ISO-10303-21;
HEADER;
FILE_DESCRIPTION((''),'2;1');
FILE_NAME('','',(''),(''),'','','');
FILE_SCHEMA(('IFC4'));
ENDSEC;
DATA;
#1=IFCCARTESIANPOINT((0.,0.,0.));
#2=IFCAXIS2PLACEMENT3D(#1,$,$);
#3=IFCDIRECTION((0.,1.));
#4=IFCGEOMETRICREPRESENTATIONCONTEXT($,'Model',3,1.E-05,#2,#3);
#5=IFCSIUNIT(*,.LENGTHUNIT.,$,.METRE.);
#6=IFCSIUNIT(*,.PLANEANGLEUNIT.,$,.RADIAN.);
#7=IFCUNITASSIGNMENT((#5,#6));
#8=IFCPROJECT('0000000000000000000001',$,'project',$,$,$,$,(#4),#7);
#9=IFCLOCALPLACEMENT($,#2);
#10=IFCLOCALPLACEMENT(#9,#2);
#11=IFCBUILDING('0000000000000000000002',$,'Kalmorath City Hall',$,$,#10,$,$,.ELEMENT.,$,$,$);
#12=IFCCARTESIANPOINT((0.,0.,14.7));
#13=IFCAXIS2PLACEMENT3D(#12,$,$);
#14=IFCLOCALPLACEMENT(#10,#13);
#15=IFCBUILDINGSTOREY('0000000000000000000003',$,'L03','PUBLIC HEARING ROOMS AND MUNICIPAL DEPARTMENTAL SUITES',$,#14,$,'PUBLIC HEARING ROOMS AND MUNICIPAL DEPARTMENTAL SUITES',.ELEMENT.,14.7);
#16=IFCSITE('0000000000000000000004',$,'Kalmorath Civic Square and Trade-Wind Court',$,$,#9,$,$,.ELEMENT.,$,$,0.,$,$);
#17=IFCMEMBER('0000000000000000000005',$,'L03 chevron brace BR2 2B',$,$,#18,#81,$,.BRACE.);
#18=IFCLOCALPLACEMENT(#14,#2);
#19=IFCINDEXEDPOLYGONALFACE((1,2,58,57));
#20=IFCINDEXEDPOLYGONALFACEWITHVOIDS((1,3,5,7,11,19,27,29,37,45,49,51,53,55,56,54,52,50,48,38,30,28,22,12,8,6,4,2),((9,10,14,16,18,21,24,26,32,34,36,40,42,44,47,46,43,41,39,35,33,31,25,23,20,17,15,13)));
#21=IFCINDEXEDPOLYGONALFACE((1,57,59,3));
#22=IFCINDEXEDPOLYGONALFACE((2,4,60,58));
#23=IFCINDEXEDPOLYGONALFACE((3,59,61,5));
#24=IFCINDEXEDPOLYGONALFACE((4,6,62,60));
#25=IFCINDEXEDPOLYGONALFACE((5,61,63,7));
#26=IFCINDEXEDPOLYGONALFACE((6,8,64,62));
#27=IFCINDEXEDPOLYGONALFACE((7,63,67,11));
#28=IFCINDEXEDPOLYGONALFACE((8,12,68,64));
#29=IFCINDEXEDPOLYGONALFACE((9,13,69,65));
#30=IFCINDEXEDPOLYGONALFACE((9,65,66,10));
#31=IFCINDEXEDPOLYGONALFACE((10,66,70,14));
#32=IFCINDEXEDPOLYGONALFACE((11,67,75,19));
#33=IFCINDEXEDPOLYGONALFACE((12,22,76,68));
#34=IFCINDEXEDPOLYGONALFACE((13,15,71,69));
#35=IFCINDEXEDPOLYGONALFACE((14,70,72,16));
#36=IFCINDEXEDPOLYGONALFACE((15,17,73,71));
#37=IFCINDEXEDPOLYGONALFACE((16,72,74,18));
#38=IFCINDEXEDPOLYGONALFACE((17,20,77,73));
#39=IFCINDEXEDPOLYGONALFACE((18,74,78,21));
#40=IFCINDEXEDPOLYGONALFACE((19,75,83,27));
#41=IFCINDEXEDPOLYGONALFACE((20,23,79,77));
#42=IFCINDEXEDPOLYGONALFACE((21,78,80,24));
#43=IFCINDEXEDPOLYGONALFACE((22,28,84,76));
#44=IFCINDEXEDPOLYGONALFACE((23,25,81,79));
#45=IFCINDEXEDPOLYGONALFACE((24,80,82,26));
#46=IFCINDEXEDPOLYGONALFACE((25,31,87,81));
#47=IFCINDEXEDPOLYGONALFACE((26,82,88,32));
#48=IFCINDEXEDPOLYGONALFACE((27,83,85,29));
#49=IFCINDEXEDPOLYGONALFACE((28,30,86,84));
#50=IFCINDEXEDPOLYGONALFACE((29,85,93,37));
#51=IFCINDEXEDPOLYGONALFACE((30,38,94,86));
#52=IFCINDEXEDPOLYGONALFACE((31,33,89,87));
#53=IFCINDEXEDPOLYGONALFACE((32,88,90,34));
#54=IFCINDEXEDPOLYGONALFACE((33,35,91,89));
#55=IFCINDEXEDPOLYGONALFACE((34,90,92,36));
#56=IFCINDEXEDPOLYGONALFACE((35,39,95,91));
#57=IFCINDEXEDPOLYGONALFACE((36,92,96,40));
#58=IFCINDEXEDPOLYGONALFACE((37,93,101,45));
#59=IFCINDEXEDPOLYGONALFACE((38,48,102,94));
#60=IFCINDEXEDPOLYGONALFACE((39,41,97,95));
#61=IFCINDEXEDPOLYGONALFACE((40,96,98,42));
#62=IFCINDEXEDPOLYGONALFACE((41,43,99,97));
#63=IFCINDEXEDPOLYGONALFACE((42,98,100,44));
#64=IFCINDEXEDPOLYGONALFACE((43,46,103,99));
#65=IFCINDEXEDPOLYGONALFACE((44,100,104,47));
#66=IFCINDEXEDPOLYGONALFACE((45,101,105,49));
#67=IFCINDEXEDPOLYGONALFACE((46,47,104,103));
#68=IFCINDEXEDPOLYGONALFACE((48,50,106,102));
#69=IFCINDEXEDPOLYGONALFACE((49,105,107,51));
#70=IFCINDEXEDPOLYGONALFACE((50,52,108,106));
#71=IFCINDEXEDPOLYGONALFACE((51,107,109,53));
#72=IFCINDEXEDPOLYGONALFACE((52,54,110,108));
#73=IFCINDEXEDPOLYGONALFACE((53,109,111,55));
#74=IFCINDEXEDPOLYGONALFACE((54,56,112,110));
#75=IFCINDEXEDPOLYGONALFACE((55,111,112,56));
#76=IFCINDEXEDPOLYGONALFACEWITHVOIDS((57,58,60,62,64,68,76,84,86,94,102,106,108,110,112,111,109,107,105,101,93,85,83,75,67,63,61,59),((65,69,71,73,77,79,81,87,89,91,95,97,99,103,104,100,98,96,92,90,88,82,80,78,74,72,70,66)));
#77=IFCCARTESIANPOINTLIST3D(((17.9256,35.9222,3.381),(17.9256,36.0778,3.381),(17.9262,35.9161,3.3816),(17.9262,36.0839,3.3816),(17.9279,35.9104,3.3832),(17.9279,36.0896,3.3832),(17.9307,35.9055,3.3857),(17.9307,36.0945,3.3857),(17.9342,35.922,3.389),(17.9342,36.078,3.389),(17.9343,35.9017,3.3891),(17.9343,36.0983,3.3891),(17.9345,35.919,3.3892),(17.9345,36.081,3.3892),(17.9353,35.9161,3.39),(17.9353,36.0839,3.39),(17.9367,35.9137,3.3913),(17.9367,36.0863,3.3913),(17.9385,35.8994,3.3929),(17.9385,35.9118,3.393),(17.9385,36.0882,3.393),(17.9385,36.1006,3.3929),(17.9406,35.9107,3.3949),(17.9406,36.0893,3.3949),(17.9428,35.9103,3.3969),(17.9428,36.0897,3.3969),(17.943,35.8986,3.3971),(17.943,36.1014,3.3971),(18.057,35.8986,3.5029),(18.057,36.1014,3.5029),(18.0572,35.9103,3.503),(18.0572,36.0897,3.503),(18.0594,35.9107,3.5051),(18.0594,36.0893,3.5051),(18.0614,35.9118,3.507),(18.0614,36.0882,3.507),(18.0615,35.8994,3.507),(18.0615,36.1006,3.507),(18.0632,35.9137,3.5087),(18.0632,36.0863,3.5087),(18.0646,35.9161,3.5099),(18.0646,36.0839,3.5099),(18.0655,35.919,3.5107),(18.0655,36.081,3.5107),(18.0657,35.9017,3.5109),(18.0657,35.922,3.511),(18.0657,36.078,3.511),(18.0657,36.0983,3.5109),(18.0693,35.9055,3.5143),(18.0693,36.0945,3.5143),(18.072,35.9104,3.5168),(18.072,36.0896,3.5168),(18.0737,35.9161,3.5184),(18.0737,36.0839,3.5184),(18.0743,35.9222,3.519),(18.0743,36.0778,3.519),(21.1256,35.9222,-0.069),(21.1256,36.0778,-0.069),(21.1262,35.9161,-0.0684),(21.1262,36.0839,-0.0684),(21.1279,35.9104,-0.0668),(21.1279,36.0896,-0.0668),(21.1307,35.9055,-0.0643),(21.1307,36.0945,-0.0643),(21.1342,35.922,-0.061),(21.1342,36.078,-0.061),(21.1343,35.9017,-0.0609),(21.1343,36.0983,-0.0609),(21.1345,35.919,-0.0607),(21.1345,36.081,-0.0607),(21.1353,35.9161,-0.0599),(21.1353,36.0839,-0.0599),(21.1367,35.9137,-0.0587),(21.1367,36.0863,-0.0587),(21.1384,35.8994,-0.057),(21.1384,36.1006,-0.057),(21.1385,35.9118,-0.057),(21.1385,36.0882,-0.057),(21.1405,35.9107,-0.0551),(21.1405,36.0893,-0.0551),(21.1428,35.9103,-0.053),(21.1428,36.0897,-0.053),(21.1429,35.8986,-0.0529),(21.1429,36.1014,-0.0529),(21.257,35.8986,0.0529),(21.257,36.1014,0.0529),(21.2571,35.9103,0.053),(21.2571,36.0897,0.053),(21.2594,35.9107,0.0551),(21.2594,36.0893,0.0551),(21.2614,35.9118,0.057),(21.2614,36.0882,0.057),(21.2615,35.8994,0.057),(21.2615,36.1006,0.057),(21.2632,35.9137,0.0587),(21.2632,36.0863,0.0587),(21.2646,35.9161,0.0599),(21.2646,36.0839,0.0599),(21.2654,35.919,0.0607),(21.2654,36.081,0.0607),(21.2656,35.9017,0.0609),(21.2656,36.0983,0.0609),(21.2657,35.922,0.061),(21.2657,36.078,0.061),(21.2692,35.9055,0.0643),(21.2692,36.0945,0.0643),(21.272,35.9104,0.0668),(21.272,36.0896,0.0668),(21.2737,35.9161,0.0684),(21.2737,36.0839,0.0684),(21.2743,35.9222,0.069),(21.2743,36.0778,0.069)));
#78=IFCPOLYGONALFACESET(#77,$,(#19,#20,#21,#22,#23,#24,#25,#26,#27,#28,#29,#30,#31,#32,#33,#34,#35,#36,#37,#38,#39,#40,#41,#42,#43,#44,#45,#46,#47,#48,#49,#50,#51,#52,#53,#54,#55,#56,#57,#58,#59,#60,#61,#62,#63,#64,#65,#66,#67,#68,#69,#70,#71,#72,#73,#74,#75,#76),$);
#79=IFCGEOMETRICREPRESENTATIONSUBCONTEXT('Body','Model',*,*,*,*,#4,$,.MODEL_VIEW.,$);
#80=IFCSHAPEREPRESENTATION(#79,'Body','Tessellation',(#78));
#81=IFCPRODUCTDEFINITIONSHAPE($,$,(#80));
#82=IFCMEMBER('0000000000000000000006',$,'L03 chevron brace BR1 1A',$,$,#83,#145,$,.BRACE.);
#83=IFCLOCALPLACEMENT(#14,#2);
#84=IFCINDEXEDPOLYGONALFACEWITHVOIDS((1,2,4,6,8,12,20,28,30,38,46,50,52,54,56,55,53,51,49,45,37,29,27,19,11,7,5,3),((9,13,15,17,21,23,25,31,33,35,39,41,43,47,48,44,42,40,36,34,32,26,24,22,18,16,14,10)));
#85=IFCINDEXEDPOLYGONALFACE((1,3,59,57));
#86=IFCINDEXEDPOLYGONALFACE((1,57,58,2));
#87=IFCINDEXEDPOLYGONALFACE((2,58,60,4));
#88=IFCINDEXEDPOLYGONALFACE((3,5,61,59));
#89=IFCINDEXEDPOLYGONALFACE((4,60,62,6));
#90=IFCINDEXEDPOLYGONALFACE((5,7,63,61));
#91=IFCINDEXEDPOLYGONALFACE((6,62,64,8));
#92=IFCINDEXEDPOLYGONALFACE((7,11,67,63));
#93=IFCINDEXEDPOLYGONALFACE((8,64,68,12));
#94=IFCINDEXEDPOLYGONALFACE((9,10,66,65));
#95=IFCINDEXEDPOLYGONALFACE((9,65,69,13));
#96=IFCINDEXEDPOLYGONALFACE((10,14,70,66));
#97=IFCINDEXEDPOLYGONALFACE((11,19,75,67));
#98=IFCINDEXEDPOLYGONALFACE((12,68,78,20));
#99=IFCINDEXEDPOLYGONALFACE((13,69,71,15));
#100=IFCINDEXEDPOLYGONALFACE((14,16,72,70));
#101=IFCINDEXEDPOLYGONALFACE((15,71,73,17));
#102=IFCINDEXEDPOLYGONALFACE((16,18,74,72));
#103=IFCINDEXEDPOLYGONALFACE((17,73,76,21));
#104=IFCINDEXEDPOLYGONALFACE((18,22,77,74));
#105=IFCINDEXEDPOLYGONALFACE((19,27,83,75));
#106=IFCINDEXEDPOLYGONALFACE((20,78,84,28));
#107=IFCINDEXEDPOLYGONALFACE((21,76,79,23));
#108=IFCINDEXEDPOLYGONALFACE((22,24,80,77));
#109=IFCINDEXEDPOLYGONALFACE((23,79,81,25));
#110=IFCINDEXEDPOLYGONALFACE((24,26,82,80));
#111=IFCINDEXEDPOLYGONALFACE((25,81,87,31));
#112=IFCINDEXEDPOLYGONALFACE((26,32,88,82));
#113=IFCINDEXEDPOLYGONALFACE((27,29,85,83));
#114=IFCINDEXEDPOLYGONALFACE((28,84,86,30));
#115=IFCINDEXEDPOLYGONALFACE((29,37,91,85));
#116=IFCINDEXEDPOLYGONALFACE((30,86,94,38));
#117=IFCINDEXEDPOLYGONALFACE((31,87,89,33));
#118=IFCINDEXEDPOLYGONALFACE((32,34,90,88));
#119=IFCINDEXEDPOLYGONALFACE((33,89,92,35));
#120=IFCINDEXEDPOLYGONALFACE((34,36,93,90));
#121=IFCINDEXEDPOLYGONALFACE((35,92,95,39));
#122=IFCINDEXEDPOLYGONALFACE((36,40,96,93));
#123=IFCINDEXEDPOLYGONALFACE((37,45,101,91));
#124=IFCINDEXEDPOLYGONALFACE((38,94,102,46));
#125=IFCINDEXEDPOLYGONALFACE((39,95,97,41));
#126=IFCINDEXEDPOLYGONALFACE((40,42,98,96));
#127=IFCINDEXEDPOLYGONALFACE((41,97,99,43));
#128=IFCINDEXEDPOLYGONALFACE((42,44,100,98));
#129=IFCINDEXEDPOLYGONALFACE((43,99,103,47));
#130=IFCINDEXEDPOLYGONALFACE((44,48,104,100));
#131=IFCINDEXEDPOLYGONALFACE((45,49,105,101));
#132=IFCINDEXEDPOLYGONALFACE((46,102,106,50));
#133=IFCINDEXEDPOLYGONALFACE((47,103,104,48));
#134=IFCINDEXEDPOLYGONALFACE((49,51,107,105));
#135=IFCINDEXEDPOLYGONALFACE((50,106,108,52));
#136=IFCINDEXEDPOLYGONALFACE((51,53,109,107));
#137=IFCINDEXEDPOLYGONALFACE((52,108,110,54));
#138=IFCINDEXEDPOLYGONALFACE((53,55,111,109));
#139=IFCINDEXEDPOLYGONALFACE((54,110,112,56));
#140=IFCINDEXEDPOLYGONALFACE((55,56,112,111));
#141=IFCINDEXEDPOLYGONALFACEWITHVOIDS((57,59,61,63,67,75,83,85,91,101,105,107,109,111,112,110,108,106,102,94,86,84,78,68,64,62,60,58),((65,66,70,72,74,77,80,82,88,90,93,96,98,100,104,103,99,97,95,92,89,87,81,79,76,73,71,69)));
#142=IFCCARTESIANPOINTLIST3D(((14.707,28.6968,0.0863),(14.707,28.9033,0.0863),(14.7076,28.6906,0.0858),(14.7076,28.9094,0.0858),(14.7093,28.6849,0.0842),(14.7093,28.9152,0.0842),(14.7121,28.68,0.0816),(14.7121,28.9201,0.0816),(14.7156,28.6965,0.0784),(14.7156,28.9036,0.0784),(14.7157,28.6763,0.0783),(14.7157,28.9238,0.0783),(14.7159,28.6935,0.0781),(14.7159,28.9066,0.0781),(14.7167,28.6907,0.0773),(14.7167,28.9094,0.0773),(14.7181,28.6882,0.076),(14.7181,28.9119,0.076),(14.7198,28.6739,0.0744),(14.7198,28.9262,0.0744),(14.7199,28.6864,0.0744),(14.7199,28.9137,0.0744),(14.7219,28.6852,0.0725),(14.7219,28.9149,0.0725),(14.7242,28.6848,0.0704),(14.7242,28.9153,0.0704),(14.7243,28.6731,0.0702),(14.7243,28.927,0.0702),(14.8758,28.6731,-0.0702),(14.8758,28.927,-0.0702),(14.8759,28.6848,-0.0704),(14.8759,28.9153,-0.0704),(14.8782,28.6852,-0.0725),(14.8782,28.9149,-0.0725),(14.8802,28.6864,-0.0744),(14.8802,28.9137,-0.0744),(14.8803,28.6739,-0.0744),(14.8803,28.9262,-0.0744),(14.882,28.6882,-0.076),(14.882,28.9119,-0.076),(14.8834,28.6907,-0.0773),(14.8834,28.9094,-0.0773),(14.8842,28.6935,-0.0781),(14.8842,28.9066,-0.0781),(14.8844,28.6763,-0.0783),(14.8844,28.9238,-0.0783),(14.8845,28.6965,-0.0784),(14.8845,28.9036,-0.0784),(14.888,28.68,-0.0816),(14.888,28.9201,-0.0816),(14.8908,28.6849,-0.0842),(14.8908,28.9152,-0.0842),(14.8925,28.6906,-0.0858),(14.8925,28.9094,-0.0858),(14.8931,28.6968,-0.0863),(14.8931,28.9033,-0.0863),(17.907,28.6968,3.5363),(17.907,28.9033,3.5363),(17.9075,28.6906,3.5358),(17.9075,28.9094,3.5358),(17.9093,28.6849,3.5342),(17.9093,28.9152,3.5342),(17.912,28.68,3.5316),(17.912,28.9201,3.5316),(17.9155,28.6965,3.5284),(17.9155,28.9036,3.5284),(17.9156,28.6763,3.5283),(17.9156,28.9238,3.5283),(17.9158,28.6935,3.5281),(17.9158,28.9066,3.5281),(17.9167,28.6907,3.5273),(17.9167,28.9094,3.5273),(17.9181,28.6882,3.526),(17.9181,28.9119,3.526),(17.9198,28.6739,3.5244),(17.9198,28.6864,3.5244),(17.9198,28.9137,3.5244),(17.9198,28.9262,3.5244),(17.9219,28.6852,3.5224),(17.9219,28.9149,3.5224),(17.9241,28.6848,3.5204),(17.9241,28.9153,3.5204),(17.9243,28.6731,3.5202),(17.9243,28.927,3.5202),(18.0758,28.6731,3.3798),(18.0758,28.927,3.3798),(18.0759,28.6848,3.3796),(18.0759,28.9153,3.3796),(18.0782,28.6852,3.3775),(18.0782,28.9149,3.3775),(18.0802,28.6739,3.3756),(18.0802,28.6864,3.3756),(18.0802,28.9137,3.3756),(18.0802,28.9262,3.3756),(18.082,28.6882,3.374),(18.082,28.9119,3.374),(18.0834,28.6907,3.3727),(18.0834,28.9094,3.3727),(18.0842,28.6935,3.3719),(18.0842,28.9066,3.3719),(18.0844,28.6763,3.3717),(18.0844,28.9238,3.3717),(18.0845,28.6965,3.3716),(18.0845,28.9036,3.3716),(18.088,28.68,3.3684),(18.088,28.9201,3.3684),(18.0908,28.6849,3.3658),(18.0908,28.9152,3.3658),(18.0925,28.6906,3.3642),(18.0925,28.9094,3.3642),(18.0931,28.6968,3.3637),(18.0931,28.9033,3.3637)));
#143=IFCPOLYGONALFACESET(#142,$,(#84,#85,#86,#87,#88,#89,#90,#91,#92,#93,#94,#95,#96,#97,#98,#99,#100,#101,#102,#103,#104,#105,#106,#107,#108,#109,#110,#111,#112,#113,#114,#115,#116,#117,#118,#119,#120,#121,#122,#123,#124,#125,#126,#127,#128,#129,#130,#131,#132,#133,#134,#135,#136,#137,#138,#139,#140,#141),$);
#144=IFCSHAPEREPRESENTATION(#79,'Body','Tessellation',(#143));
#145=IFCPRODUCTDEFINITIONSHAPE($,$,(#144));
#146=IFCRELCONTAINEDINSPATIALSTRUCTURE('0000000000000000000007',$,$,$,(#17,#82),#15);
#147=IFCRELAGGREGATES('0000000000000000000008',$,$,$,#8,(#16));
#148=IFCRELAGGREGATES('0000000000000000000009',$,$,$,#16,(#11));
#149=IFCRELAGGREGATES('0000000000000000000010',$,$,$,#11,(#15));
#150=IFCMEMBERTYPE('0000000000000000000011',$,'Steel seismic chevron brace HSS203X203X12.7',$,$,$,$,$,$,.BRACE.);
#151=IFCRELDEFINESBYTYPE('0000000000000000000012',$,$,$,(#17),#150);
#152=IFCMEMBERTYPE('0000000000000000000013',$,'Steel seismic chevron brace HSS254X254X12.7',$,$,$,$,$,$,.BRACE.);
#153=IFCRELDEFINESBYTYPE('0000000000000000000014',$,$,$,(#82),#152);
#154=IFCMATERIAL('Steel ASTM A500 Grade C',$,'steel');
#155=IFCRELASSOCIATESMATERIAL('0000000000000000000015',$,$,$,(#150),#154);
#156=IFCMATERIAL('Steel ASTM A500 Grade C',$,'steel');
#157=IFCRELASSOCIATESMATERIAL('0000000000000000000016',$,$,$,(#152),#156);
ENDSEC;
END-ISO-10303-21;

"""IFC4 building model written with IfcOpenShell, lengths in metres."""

from ifc_helpers import new_model, si_unit, direction, frame, origin, origin_2d, place, context, subcontext, project, spatial, hollow_rectangle, extrude, material, material_profile, profile_set, type_object, element, save


model = new_model("IFC4")

# Units and contexts
model_context = context("Model", 3, precision=1e-05, world=origin(), true_north=direction((0.0, 1.0)))
body_context = subcontext(model_context, "Body", "Model", "MODEL_VIEW")
ifc_project = project(units=[si_unit("LENGTHUNIT", "METRE"), si_unit("PLANEANGLEUNIT", "RADIAN")], contexts=[model_context])

# Site, building, storey
site_placement = place(None, origin())
site = spatial("IfcSite", under=ifc_project, at=site_placement, Name="Kalmorath Civic Square and Trade-Wind Court", CompositionType="ELEMENT", RefElevation=0.0)
building_placement = place(site_placement, origin())
building = spatial("IfcBuilding", under=site, at=building_placement, Name="Kalmorath City Hall", CompositionType="ELEMENT")
storey_placement = place(building_placement, frame((0.0, 0.0, 14.7)))
storey = spatial("IfcBuildingStorey", under=building, at=storey_placement, Name="L03", Description="PUBLIC HEARING ROOMS AND MUNICIPAL DEPARTMENTAL SUITES", LongName="PUBLIC HEARING ROOMS AND MUNICIPAL DEPARTMENTAL SUITES", CompositionType="ELEMENT", Elevation=14.7)

# Members
ifc_material_1 = material(Name="Steel ASTM A500 Grade C", Category="steel")
ifc_material_profile_1 = material_profile(ifc_material_1, hollow_rectangle(XDim=0.2029, YDim=0.2029, WallThickness=0.0117, InnerFilletRadius=0.0117, OuterFilletRadius=0.0237, at=origin_2d()), Name="HSS203X203X12.7")
ifc_profile_set_1 = profile_set([ifc_material_profile_1], Name="Steel ASTM A500 Grade C")
member_type_1 = type_object("IfcMemberType", Name="Steel seismic chevron brace HSS203X203X12.7", PredefinedType="BRACE", material=ifc_profile_set_1)
for number, where, z_axis, x_axis, name in (
    (1, (21.2, 36.0, 0.0), (-0.680043, 0.0, 0.733172), (0.0, -1.0, 0.0), "L03 chevron brace BR2 2B"),
):
    element("IfcMember", number, at=place(storey_placement, frame(where, z_axis=z_axis, x_axis=x_axis)), inside=storey, type_object=member_type_1, Name=name, PredefinedType="BRACE", context=body_context, shape_type="SweptSolid", body=[
        extrude(hollow_rectangle(XDim=0.2029, YDim=0.2029, WallThickness=0.0117, InnerFilletRadius=0.0117, OuterFilletRadius=0.0237, at=origin_2d()), origin(), (0.0, 0.0, 1.0), 4.7056),
    ])
ifc_material_2 = material(Name="Steel ASTM A500 Grade C", Category="steel")
ifc_material_profile_2 = material_profile(ifc_material_2, hollow_rectangle(XDim=0.2539, YDim=0.2539, WallThickness=0.0117, InnerFilletRadius=0.0117, OuterFilletRadius=0.0237, at=origin_2d()), Name="HSS254X254X12.7")
ifc_profile_set_2 = profile_set([ifc_material_profile_2], Name="Steel ASTM A500 Grade C")
member_type_2 = type_object("IfcMemberType", Name="Steel seismic chevron brace HSS254X254X12.7", PredefinedType="BRACE", material=ifc_profile_set_2)
for number, where, z_axis, x_axis, name in (
    (2, (14.8, 28.8, 0.0), (0.680043, 0.0, 0.733172), (0.0, 1.0, 0.0), "L03 chevron brace BR1 1A"),
):
    element("IfcMember", number, at=place(storey_placement, frame(where, z_axis=z_axis, x_axis=x_axis)), inside=storey, type_object=member_type_2, Name=name, PredefinedType="BRACE", context=body_context, shape_type="SweptSolid", body=[
        extrude(hollow_rectangle(XDim=0.2539, YDim=0.2539, WallThickness=0.0117, InnerFilletRadius=0.0117, OuterFilletRadius=0.0237, at=origin_2d()), origin(), (0.0, 0.0, 1.0), 4.7056),
    ])

save(model, "model.ifc")
